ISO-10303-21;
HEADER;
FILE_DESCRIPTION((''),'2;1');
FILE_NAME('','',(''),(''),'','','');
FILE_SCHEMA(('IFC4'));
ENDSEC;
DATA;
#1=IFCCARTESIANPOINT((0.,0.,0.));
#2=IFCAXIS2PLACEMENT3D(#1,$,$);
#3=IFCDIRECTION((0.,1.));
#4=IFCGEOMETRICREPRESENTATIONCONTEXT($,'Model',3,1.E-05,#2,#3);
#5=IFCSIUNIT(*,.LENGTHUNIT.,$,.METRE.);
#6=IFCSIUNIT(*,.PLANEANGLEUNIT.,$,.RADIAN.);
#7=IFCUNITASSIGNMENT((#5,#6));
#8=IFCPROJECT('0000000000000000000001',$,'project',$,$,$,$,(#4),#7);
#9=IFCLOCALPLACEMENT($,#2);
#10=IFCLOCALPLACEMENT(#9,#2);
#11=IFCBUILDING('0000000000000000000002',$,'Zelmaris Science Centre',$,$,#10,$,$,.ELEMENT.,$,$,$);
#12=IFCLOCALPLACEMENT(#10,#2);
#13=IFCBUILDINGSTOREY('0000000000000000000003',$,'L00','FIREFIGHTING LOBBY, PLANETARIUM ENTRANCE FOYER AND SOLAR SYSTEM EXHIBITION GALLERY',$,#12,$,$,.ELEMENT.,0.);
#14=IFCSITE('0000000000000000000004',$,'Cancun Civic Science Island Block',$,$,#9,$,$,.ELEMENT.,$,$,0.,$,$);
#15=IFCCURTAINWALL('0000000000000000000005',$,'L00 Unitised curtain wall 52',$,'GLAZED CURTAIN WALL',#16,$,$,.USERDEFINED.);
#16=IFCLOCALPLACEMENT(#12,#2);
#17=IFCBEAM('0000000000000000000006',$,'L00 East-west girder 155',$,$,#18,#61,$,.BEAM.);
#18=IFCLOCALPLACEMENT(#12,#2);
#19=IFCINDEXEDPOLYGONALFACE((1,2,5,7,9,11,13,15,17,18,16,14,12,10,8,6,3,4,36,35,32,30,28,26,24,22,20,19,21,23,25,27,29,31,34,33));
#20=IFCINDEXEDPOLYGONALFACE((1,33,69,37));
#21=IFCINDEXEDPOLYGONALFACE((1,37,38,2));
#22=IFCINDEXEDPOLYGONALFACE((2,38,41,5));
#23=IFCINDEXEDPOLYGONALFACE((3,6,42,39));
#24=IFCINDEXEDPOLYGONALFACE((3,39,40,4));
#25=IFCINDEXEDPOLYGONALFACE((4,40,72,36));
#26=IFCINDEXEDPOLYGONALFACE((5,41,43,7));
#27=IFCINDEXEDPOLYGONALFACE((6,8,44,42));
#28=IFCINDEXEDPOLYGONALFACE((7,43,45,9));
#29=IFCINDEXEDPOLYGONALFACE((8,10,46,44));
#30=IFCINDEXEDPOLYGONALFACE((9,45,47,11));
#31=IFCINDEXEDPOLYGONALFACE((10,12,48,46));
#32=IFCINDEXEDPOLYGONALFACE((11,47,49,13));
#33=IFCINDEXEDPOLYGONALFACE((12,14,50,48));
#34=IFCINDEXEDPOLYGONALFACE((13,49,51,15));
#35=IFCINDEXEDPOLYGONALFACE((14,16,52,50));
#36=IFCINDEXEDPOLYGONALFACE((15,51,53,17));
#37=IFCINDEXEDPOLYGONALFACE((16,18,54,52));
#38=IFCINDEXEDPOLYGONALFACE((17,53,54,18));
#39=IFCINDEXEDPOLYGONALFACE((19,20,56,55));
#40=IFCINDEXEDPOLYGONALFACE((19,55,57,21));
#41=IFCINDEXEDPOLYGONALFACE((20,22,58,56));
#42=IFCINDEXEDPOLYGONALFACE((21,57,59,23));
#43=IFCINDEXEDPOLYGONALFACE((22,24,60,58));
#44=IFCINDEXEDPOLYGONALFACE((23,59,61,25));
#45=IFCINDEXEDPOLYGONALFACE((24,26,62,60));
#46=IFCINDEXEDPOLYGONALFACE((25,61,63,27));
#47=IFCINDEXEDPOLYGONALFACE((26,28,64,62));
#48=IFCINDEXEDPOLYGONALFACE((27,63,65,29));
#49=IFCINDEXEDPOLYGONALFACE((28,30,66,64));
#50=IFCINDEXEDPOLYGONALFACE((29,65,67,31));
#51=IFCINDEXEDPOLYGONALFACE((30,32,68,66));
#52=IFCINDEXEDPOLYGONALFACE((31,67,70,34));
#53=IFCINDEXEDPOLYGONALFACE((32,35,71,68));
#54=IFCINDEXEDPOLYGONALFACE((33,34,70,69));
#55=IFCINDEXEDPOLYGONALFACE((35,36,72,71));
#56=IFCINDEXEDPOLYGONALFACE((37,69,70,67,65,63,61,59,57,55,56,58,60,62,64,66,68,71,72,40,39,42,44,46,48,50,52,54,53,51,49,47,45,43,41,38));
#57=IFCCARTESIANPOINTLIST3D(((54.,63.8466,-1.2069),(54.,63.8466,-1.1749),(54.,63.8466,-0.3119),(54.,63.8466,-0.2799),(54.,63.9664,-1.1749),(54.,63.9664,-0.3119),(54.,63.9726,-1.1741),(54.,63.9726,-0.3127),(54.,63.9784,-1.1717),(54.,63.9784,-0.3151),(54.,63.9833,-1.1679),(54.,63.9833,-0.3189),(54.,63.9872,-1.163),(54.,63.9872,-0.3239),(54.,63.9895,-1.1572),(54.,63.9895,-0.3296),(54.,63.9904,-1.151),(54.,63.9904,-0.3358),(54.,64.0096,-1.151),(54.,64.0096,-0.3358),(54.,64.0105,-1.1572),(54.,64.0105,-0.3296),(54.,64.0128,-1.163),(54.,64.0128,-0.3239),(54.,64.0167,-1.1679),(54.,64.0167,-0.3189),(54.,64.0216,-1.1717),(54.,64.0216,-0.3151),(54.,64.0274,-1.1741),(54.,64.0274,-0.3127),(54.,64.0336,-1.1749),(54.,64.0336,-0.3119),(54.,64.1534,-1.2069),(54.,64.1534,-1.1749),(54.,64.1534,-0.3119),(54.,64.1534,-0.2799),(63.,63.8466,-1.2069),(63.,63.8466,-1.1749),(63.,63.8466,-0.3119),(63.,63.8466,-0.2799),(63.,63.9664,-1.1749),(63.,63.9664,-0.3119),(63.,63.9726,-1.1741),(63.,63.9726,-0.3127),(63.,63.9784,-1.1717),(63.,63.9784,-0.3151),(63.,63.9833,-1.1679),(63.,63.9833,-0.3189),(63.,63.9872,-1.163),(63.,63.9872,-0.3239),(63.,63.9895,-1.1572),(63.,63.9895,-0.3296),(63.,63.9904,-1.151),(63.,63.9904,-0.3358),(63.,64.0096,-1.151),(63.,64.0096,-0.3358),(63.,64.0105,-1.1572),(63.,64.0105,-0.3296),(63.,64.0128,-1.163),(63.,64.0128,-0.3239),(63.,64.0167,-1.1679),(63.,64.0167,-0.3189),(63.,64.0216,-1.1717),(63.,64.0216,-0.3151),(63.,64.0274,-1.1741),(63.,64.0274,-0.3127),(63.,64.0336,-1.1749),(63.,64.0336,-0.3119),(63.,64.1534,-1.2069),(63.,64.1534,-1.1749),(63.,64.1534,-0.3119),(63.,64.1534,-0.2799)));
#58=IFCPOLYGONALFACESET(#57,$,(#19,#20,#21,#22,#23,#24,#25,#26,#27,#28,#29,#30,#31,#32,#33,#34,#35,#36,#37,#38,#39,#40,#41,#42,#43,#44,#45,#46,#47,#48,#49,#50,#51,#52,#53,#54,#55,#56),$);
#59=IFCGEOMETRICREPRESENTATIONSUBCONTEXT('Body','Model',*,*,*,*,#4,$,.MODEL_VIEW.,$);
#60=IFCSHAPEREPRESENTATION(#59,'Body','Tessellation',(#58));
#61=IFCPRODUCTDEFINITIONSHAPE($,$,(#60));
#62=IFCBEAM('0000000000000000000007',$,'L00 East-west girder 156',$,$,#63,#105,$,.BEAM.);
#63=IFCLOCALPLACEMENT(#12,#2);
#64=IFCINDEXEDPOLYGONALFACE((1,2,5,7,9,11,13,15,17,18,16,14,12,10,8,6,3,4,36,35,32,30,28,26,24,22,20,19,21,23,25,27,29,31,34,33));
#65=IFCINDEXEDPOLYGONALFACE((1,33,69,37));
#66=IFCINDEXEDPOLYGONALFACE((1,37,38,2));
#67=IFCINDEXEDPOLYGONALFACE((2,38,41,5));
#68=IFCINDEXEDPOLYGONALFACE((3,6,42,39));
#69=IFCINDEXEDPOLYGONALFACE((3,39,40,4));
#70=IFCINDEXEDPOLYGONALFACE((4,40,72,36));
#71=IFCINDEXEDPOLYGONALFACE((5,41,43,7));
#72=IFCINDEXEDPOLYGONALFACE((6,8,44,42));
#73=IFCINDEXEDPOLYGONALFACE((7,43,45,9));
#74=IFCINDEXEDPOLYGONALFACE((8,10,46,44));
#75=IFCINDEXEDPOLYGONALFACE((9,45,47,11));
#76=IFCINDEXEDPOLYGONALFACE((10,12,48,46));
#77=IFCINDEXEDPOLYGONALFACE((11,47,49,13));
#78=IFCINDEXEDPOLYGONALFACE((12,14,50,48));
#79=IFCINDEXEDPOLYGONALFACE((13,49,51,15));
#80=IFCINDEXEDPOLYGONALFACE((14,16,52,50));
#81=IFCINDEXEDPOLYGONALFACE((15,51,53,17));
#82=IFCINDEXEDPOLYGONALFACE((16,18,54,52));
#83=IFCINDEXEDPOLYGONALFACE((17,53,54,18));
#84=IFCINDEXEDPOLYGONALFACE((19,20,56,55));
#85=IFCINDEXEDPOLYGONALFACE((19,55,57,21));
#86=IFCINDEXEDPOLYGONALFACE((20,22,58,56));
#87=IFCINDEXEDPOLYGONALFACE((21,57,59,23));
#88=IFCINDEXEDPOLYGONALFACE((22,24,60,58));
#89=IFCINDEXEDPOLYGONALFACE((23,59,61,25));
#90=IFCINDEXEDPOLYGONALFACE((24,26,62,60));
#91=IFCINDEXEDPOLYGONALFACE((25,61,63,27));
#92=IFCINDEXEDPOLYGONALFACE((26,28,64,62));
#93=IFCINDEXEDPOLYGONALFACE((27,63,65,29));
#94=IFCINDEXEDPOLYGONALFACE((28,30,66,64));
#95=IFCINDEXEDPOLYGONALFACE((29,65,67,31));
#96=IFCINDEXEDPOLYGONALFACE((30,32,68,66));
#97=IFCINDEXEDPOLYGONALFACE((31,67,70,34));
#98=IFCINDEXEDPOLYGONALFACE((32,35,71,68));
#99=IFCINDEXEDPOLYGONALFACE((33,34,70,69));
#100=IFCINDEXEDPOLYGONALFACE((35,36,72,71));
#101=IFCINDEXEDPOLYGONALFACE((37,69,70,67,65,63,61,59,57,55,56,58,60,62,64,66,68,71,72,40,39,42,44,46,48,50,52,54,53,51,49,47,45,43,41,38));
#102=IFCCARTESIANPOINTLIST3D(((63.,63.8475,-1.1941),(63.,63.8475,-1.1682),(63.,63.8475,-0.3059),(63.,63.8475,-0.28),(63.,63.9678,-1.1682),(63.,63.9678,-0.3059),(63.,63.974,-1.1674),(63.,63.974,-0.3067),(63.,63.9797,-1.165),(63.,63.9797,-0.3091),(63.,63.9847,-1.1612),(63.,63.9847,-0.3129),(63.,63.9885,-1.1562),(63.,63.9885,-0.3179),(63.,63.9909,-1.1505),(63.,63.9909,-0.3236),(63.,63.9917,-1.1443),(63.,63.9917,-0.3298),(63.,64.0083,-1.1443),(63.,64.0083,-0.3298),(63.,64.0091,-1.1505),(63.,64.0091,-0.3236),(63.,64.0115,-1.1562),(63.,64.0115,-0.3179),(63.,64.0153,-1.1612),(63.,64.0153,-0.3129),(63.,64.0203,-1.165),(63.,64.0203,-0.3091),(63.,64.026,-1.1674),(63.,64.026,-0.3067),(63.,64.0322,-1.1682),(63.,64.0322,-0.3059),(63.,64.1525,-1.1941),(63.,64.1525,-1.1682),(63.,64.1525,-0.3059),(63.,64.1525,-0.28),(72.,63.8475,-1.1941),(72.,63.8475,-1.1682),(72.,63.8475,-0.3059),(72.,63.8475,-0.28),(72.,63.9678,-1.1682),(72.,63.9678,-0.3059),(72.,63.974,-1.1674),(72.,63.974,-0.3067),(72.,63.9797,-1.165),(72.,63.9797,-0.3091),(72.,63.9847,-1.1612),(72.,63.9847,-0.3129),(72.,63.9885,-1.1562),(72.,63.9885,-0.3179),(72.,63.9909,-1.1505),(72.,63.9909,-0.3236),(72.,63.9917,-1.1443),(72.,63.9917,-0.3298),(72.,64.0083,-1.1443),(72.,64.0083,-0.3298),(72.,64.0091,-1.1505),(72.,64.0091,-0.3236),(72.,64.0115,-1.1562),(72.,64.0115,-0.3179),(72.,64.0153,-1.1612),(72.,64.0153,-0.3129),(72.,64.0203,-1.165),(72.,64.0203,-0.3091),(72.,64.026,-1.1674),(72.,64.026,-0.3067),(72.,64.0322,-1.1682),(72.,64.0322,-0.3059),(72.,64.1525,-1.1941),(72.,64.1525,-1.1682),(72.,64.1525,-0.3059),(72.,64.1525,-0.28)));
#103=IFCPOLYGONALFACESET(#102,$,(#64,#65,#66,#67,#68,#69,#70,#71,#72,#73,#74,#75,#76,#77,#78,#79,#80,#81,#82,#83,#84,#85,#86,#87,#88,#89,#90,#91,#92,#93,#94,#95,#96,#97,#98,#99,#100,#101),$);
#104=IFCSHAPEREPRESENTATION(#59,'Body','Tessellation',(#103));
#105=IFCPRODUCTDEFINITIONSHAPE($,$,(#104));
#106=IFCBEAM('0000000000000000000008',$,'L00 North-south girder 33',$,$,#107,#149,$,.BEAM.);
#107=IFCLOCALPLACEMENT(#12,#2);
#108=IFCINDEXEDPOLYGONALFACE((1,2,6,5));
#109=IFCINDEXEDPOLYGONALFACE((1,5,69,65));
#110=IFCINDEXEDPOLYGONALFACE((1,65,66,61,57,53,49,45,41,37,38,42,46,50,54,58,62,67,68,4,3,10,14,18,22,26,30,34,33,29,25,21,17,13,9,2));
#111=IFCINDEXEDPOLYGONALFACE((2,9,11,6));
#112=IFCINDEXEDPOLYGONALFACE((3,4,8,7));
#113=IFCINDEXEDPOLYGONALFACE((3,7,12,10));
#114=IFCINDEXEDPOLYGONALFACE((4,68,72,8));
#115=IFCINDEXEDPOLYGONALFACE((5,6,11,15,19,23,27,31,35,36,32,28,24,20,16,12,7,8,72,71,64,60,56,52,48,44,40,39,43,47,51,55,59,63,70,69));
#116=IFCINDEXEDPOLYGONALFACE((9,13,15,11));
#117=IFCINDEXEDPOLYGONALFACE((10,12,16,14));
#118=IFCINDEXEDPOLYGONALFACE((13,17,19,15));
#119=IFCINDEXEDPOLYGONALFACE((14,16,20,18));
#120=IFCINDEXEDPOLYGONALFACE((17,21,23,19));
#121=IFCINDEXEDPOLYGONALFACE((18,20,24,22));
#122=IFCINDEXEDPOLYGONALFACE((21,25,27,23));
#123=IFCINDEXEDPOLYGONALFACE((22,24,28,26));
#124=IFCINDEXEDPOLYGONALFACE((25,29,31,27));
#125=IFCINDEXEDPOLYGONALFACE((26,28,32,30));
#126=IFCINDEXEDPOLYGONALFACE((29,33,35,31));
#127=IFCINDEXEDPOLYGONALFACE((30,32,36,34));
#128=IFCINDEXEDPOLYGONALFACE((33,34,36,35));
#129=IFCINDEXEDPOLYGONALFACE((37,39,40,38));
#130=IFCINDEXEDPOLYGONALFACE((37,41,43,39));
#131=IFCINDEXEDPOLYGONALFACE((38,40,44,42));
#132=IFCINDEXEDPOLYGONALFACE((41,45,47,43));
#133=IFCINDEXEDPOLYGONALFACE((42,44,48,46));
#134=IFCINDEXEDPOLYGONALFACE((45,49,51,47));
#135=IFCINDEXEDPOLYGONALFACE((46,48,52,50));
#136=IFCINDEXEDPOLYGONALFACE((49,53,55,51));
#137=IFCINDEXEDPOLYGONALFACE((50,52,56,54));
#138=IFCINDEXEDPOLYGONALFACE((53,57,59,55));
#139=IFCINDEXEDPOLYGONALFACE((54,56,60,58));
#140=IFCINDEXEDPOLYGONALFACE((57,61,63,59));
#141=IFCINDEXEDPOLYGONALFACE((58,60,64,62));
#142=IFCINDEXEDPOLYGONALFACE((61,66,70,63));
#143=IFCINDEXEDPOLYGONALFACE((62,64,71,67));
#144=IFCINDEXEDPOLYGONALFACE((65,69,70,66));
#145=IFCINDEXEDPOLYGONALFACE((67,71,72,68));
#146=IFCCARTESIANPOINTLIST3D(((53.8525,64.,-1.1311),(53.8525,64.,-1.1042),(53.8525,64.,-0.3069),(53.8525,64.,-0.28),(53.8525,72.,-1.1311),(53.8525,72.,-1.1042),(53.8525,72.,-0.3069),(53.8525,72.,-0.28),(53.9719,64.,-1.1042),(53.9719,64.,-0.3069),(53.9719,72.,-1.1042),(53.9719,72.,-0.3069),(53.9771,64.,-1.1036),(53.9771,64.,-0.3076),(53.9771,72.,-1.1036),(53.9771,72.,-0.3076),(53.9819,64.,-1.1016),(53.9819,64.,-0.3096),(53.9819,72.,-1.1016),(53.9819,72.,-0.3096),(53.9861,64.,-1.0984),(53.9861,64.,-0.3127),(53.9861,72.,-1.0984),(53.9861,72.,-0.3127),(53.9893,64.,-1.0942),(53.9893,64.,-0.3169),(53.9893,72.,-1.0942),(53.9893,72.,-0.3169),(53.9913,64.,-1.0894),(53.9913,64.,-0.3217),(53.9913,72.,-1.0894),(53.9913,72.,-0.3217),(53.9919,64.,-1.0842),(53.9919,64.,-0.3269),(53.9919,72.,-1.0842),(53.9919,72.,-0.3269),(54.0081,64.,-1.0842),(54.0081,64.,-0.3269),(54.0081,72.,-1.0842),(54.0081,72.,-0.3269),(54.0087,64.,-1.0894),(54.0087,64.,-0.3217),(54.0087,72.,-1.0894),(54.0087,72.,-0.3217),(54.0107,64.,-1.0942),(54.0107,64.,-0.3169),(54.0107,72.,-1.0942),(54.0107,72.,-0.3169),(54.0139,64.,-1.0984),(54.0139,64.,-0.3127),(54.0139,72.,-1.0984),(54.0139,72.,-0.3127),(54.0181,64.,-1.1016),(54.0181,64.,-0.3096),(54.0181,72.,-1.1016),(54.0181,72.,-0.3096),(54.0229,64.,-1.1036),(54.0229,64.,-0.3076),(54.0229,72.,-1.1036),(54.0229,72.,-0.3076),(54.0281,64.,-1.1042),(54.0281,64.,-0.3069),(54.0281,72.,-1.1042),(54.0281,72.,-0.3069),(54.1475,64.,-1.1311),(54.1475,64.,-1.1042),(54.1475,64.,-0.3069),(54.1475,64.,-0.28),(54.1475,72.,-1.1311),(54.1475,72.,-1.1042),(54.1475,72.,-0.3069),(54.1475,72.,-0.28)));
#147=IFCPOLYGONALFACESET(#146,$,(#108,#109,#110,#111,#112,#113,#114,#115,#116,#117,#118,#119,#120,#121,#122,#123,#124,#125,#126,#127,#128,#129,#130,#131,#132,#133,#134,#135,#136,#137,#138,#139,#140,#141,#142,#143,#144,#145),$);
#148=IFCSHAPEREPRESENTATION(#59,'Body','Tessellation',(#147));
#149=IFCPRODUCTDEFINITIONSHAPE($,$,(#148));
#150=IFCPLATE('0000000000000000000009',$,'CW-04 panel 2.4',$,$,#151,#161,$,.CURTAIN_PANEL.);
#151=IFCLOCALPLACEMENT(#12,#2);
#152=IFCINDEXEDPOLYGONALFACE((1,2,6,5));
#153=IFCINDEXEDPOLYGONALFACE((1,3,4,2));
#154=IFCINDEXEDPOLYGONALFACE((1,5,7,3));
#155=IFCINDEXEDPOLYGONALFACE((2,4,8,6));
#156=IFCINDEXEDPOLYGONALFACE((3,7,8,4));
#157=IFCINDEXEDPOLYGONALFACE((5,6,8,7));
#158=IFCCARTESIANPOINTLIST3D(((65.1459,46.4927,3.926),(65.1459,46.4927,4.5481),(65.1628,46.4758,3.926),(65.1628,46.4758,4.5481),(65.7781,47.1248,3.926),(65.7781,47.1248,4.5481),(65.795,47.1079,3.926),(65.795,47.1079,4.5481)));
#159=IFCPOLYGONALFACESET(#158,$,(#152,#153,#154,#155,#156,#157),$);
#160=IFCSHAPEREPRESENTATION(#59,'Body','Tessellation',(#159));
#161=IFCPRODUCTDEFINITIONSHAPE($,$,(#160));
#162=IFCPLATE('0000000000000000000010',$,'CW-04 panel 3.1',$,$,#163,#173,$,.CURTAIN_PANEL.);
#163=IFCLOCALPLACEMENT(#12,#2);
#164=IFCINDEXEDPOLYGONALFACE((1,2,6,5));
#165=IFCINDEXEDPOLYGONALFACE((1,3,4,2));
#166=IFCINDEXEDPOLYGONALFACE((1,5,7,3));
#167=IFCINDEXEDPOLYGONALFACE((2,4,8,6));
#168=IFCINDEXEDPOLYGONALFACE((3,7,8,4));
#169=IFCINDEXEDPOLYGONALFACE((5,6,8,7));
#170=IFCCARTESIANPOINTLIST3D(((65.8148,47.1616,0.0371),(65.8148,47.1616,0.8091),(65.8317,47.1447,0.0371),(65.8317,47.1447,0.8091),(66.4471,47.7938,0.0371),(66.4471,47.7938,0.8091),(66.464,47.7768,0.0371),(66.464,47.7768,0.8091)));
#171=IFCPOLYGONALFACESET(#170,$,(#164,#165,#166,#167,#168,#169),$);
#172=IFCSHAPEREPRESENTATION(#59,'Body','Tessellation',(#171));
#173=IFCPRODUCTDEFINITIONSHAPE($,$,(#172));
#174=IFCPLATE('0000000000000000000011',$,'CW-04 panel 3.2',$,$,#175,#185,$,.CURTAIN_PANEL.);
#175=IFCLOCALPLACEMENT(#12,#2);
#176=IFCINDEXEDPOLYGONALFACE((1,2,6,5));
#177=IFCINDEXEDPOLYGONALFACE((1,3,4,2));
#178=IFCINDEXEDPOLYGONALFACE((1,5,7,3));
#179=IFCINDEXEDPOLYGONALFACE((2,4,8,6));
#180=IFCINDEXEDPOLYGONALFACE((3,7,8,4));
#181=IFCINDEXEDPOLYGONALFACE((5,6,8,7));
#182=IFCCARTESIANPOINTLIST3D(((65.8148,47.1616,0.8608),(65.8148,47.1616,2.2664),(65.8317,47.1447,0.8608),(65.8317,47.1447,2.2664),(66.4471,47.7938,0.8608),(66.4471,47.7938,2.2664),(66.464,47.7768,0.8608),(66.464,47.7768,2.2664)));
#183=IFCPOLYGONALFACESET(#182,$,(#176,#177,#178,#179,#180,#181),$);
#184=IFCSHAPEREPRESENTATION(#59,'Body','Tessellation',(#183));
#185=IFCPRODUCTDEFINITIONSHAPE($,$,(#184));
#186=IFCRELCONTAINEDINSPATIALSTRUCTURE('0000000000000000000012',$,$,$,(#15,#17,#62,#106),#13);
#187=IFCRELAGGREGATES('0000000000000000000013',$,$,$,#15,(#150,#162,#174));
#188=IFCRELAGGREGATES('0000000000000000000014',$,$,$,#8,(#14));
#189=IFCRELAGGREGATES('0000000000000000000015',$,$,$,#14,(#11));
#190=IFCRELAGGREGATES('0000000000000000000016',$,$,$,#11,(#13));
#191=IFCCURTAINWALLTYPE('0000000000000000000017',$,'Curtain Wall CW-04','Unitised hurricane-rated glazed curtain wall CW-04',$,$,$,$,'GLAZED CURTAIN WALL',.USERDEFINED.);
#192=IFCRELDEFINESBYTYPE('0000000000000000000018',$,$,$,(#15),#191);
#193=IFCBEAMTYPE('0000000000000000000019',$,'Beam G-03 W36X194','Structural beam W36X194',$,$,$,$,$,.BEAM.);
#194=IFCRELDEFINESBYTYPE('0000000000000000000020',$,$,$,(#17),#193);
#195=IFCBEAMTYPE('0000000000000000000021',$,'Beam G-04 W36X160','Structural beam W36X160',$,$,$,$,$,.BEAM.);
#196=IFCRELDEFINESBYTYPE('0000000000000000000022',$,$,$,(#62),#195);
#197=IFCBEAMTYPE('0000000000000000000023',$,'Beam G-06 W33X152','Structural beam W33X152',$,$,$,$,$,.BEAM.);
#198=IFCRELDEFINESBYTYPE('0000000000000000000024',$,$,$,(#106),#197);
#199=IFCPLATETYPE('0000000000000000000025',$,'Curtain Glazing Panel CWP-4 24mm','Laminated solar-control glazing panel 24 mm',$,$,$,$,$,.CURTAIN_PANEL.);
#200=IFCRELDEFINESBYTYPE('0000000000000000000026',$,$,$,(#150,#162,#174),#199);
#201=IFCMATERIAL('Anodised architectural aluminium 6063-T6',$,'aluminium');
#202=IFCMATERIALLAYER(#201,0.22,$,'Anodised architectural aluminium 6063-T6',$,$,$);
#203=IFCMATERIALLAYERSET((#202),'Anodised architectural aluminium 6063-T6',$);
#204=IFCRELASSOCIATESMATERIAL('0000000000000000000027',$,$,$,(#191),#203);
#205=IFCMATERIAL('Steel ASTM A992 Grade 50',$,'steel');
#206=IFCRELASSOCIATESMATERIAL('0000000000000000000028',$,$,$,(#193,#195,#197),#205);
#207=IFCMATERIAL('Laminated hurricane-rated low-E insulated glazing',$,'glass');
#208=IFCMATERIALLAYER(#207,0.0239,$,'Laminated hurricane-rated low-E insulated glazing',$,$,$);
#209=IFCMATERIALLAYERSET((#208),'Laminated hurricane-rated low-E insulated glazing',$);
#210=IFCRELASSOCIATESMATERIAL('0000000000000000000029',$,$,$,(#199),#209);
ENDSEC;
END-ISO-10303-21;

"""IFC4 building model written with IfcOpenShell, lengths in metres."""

from ifc_helpers import new_model, si_unit, direction, frame, origin, origin_2d, place, context, subcontext, project, spatial, rectangle, i_section, extrude, material, layer, layer_set, material_profile, profile_set, type_object, element, aggregate, save


model = new_model("IFC4")

# Units and contexts
model_context = context("Model", 3, precision=1e-05, world=origin(), true_north=direction((0.0, 1.0)))
body_context = subcontext(model_context, "Body", "Model", "MODEL_VIEW")
ifc_project = project(units=[si_unit("LENGTHUNIT", "METRE"), si_unit("PLANEANGLEUNIT", "RADIAN")], contexts=[model_context])

# Site, building, storey
site_placement = place(None, origin())
site = spatial("IfcSite", under=ifc_project, at=site_placement, Name="Cancun Civic Science Island Block", CompositionType="ELEMENT", RefElevation=0.0)
building_placement = place(site_placement, origin())
building = spatial("IfcBuilding", under=site, at=building_placement, Name="Zelmaris Science Centre", CompositionType="ELEMENT")
storey_placement = place(building_placement, origin())
storey = spatial("IfcBuildingStorey", under=building, at=storey_placement, Name="L00", Description="FIREFIGHTING LOBBY, PLANETARIUM ENTRANCE FOYER AND SOLAR SYSTEM EXHIBITION GALLERY", CompositionType="ELEMENT", Elevation=0.0)

# Shared definitions
ifc_material_1 = material(Name="Steel ASTM A992 Grade 50", Category="steel")

# Curtain wall
ifc_material_2 = material(Name="Anodised architectural aluminium 6063-T6", Category="aluminium")
ifc_layer_1 = layer(ifc_material_2, 0.22, Name="Anodised architectural aluminium 6063-T6")
ifc_layer_set_1 = layer_set([ifc_layer_1], Name="Anodised architectural aluminium 6063-T6")
curtain_wall_type_1 = type_object("IfcCurtainWallType", Name="Curtain Wall CW-04", Description="Unitised hurricane-rated glazed curtain wall CW-04", ElementType="GLAZED CURTAIN WALL", PredefinedType="USERDEFINED", material=ifc_layer_set_1)
curtain_wall_1_placement = place(storey_placement, origin())
curtain_wall_1 = element("IfcCurtainWall", 1, at=curtain_wall_1_placement, inside=storey, type_object=curtain_wall_type_1, Name="L00 Unitised curtain wall 52", ObjectType="GLAZED CURTAIN WALL", PredefinedType="USERDEFINED")

# Beams
ifc_material_profile_1 = material_profile(ifc_material_1, i_section(OverallWidth=0.3069, OverallDepth=0.927, WebThickness=0.0193, FlangeThickness=0.032, FilletRadius=0.0239, at=origin_2d()), Name="W36X194")
ifc_profile_set_1 = profile_set([ifc_material_profile_1], Name="Steel ASTM A992 Grade 50")
beam_type_1 = type_object("IfcBeamType", Name="Beam G-03 W36X194", Description="Structural beam W36X194", PredefinedType="BEAM", material=ifc_profile_set_1)
beam_1_placement = place(storey_placement, frame((54.0, 64.0, -0.7434), z_axis=(1.0, 0.0, 0.0), x_axis=(0.0, 1.0, 0.0)))
element("IfcBeam", 2, at=beam_1_placement, inside=storey, type_object=beam_type_1, Name="L00 East-west girder 155", PredefinedType="BEAM", context=body_context, shape_type="SweptSolid", body=[
    extrude(i_section(OverallWidth=0.3069, OverallDepth=0.927, WebThickness=0.0193, FlangeThickness=0.032, FilletRadius=0.0239, at=origin_2d()), origin(), (0.0, 0.0, 1.0), 9.0),
])
ifc_material_profile_2 = material_profile(ifc_material_1, i_section(OverallWidth=0.3049, OverallDepth=0.9141, WebThickness=0.0166, FlangeThickness=0.0259, FilletRadius=0.0239, at=origin_2d()), Name="W36X160")
ifc_profile_set_2 = profile_set([ifc_material_profile_2], Name="Steel ASTM A992 Grade 50")
beam_type_2 = type_object("IfcBeamType", Name="Beam G-04 W36X160", Description="Structural beam W36X160", PredefinedType="BEAM", material=ifc_profile_set_2)
beam_2_placement = place(storey_placement, frame((63.0, 64.0, -0.7371), z_axis=(1.0, 0.0, 0.0), x_axis=(0.0, 1.0, 0.0)))
element("IfcBeam", 3, at=beam_2_placement, inside=storey, type_object=beam_type_2, Name="L00 East-west girder 156", PredefinedType="BEAM", context=body_context, shape_type="SweptSolid", body=[
    extrude(i_section(OverallWidth=0.3049, OverallDepth=0.9141, WebThickness=0.0166, FlangeThickness=0.0259, FilletRadius=0.0239, at=origin_2d()), origin(), (0.0, 0.0, 1.0), 9.0),
])
ifc_material_profile_3 = material_profile(ifc_material_1, i_section(OverallWidth=0.2949, OverallDepth=0.8511, WebThickness=0.0161, FlangeThickness=0.0269, FilletRadius=0.02, at=origin_2d()), Name="W33X152")
ifc_profile_set_3 = profile_set([ifc_material_profile_3], Name="Steel ASTM A992 Grade 50")
beam_type_3 = type_object("IfcBeamType", Name="Beam G-06 W33X152", Description="Structural beam W33X152", PredefinedType="BEAM", material=ifc_profile_set_3)
beam_3_placement = place(storey_placement, frame((54.0, 64.0, -0.7056), z_axis=(0.0, 1.0, 0.0), x_axis=(-1.0, 0.0, 0.0)))
element("IfcBeam", 4, at=beam_3_placement, inside=storey, type_object=beam_type_3, Name="L00 North-south girder 33", PredefinedType="BEAM", context=body_context, shape_type="SweptSolid", body=[
    extrude(i_section(OverallWidth=0.2949, OverallDepth=0.8511, WebThickness=0.0161, FlangeThickness=0.0269, FilletRadius=0.02, at=origin_2d()), origin(), (0.0, 0.0, 1.0), 8.0),
])

# Plates
ifc_material_3 = material(Name="Laminated hurricane-rated low-E insulated glazing", Category="glass")
ifc_layer_2 = layer(ifc_material_3, 0.0239, Name="Laminated hurricane-rated low-E insulated glazing")
ifc_layer_set_2 = layer_set([ifc_layer_2], Name="Laminated hurricane-rated low-E insulated glazing")
plate_type = type_object("IfcPlateType", Name="Curtain Glazing Panel CWP-4 24mm", Description="Laminated solar-control glazing panel 24 mm", PredefinedType="CURTAIN_PANEL", material=ifc_layer_set_2)
plate_1_placement = place(storey_placement, frame((65.4705, 46.8003, 3.926), z_axis=(0.0, 0.0, 1.0), x_axis=(0.707173, 0.707041, 0.0)))
plate_1 = element("IfcPlate", 5, at=plate_1_placement, type_object=plate_type, Name="CW-04 panel 2.4", PredefinedType="CURTAIN_PANEL", context=body_context, shape_type="SweptSolid", body=[
    extrude(rectangle(XDim=0.894, YDim=0.0239, at=origin_2d()), origin(), (0.0, 0.0, 1.0), 0.6221),
])
plate_2_placement = place(storey_placement, frame((66.1394, 47.4692, 0.0371), z_axis=(0.0, 0.0, 1.0), x_axis=(0.707173, 0.707041, 0.0)))
plate_2 = element("IfcPlate", 6, at=plate_2_placement, type_object=plate_type, Name="CW-04 panel 3.1", PredefinedType="CURTAIN_PANEL", context=body_context, shape_type="SweptSolid", body=[
    extrude(rectangle(XDim=0.894, YDim=0.0239, at=origin_2d()), origin(), (0.0, 0.0, 1.0), 0.772),
])
plate_3_placement = place(storey_placement, frame((66.1394, 47.4692, 0.8608), z_axis=(0.0, 0.0, 1.0), x_axis=(0.707173, 0.707041, 0.0)))
plate_3 = element("IfcPlate", 7, at=plate_3_placement, type_object=plate_type, Name="CW-04 panel 3.2", PredefinedType="CURTAIN_PANEL", context=body_context, shape_type="SweptSolid", body=[
    extrude(rectangle(XDim=0.894, YDim=0.0239, at=origin_2d()), origin(), (0.0, 0.0, 1.0), 1.4055),
])
aggregate(curtain_wall_1, [plate_1, plate_2, plate_3])

save(model, "model.ifc")
